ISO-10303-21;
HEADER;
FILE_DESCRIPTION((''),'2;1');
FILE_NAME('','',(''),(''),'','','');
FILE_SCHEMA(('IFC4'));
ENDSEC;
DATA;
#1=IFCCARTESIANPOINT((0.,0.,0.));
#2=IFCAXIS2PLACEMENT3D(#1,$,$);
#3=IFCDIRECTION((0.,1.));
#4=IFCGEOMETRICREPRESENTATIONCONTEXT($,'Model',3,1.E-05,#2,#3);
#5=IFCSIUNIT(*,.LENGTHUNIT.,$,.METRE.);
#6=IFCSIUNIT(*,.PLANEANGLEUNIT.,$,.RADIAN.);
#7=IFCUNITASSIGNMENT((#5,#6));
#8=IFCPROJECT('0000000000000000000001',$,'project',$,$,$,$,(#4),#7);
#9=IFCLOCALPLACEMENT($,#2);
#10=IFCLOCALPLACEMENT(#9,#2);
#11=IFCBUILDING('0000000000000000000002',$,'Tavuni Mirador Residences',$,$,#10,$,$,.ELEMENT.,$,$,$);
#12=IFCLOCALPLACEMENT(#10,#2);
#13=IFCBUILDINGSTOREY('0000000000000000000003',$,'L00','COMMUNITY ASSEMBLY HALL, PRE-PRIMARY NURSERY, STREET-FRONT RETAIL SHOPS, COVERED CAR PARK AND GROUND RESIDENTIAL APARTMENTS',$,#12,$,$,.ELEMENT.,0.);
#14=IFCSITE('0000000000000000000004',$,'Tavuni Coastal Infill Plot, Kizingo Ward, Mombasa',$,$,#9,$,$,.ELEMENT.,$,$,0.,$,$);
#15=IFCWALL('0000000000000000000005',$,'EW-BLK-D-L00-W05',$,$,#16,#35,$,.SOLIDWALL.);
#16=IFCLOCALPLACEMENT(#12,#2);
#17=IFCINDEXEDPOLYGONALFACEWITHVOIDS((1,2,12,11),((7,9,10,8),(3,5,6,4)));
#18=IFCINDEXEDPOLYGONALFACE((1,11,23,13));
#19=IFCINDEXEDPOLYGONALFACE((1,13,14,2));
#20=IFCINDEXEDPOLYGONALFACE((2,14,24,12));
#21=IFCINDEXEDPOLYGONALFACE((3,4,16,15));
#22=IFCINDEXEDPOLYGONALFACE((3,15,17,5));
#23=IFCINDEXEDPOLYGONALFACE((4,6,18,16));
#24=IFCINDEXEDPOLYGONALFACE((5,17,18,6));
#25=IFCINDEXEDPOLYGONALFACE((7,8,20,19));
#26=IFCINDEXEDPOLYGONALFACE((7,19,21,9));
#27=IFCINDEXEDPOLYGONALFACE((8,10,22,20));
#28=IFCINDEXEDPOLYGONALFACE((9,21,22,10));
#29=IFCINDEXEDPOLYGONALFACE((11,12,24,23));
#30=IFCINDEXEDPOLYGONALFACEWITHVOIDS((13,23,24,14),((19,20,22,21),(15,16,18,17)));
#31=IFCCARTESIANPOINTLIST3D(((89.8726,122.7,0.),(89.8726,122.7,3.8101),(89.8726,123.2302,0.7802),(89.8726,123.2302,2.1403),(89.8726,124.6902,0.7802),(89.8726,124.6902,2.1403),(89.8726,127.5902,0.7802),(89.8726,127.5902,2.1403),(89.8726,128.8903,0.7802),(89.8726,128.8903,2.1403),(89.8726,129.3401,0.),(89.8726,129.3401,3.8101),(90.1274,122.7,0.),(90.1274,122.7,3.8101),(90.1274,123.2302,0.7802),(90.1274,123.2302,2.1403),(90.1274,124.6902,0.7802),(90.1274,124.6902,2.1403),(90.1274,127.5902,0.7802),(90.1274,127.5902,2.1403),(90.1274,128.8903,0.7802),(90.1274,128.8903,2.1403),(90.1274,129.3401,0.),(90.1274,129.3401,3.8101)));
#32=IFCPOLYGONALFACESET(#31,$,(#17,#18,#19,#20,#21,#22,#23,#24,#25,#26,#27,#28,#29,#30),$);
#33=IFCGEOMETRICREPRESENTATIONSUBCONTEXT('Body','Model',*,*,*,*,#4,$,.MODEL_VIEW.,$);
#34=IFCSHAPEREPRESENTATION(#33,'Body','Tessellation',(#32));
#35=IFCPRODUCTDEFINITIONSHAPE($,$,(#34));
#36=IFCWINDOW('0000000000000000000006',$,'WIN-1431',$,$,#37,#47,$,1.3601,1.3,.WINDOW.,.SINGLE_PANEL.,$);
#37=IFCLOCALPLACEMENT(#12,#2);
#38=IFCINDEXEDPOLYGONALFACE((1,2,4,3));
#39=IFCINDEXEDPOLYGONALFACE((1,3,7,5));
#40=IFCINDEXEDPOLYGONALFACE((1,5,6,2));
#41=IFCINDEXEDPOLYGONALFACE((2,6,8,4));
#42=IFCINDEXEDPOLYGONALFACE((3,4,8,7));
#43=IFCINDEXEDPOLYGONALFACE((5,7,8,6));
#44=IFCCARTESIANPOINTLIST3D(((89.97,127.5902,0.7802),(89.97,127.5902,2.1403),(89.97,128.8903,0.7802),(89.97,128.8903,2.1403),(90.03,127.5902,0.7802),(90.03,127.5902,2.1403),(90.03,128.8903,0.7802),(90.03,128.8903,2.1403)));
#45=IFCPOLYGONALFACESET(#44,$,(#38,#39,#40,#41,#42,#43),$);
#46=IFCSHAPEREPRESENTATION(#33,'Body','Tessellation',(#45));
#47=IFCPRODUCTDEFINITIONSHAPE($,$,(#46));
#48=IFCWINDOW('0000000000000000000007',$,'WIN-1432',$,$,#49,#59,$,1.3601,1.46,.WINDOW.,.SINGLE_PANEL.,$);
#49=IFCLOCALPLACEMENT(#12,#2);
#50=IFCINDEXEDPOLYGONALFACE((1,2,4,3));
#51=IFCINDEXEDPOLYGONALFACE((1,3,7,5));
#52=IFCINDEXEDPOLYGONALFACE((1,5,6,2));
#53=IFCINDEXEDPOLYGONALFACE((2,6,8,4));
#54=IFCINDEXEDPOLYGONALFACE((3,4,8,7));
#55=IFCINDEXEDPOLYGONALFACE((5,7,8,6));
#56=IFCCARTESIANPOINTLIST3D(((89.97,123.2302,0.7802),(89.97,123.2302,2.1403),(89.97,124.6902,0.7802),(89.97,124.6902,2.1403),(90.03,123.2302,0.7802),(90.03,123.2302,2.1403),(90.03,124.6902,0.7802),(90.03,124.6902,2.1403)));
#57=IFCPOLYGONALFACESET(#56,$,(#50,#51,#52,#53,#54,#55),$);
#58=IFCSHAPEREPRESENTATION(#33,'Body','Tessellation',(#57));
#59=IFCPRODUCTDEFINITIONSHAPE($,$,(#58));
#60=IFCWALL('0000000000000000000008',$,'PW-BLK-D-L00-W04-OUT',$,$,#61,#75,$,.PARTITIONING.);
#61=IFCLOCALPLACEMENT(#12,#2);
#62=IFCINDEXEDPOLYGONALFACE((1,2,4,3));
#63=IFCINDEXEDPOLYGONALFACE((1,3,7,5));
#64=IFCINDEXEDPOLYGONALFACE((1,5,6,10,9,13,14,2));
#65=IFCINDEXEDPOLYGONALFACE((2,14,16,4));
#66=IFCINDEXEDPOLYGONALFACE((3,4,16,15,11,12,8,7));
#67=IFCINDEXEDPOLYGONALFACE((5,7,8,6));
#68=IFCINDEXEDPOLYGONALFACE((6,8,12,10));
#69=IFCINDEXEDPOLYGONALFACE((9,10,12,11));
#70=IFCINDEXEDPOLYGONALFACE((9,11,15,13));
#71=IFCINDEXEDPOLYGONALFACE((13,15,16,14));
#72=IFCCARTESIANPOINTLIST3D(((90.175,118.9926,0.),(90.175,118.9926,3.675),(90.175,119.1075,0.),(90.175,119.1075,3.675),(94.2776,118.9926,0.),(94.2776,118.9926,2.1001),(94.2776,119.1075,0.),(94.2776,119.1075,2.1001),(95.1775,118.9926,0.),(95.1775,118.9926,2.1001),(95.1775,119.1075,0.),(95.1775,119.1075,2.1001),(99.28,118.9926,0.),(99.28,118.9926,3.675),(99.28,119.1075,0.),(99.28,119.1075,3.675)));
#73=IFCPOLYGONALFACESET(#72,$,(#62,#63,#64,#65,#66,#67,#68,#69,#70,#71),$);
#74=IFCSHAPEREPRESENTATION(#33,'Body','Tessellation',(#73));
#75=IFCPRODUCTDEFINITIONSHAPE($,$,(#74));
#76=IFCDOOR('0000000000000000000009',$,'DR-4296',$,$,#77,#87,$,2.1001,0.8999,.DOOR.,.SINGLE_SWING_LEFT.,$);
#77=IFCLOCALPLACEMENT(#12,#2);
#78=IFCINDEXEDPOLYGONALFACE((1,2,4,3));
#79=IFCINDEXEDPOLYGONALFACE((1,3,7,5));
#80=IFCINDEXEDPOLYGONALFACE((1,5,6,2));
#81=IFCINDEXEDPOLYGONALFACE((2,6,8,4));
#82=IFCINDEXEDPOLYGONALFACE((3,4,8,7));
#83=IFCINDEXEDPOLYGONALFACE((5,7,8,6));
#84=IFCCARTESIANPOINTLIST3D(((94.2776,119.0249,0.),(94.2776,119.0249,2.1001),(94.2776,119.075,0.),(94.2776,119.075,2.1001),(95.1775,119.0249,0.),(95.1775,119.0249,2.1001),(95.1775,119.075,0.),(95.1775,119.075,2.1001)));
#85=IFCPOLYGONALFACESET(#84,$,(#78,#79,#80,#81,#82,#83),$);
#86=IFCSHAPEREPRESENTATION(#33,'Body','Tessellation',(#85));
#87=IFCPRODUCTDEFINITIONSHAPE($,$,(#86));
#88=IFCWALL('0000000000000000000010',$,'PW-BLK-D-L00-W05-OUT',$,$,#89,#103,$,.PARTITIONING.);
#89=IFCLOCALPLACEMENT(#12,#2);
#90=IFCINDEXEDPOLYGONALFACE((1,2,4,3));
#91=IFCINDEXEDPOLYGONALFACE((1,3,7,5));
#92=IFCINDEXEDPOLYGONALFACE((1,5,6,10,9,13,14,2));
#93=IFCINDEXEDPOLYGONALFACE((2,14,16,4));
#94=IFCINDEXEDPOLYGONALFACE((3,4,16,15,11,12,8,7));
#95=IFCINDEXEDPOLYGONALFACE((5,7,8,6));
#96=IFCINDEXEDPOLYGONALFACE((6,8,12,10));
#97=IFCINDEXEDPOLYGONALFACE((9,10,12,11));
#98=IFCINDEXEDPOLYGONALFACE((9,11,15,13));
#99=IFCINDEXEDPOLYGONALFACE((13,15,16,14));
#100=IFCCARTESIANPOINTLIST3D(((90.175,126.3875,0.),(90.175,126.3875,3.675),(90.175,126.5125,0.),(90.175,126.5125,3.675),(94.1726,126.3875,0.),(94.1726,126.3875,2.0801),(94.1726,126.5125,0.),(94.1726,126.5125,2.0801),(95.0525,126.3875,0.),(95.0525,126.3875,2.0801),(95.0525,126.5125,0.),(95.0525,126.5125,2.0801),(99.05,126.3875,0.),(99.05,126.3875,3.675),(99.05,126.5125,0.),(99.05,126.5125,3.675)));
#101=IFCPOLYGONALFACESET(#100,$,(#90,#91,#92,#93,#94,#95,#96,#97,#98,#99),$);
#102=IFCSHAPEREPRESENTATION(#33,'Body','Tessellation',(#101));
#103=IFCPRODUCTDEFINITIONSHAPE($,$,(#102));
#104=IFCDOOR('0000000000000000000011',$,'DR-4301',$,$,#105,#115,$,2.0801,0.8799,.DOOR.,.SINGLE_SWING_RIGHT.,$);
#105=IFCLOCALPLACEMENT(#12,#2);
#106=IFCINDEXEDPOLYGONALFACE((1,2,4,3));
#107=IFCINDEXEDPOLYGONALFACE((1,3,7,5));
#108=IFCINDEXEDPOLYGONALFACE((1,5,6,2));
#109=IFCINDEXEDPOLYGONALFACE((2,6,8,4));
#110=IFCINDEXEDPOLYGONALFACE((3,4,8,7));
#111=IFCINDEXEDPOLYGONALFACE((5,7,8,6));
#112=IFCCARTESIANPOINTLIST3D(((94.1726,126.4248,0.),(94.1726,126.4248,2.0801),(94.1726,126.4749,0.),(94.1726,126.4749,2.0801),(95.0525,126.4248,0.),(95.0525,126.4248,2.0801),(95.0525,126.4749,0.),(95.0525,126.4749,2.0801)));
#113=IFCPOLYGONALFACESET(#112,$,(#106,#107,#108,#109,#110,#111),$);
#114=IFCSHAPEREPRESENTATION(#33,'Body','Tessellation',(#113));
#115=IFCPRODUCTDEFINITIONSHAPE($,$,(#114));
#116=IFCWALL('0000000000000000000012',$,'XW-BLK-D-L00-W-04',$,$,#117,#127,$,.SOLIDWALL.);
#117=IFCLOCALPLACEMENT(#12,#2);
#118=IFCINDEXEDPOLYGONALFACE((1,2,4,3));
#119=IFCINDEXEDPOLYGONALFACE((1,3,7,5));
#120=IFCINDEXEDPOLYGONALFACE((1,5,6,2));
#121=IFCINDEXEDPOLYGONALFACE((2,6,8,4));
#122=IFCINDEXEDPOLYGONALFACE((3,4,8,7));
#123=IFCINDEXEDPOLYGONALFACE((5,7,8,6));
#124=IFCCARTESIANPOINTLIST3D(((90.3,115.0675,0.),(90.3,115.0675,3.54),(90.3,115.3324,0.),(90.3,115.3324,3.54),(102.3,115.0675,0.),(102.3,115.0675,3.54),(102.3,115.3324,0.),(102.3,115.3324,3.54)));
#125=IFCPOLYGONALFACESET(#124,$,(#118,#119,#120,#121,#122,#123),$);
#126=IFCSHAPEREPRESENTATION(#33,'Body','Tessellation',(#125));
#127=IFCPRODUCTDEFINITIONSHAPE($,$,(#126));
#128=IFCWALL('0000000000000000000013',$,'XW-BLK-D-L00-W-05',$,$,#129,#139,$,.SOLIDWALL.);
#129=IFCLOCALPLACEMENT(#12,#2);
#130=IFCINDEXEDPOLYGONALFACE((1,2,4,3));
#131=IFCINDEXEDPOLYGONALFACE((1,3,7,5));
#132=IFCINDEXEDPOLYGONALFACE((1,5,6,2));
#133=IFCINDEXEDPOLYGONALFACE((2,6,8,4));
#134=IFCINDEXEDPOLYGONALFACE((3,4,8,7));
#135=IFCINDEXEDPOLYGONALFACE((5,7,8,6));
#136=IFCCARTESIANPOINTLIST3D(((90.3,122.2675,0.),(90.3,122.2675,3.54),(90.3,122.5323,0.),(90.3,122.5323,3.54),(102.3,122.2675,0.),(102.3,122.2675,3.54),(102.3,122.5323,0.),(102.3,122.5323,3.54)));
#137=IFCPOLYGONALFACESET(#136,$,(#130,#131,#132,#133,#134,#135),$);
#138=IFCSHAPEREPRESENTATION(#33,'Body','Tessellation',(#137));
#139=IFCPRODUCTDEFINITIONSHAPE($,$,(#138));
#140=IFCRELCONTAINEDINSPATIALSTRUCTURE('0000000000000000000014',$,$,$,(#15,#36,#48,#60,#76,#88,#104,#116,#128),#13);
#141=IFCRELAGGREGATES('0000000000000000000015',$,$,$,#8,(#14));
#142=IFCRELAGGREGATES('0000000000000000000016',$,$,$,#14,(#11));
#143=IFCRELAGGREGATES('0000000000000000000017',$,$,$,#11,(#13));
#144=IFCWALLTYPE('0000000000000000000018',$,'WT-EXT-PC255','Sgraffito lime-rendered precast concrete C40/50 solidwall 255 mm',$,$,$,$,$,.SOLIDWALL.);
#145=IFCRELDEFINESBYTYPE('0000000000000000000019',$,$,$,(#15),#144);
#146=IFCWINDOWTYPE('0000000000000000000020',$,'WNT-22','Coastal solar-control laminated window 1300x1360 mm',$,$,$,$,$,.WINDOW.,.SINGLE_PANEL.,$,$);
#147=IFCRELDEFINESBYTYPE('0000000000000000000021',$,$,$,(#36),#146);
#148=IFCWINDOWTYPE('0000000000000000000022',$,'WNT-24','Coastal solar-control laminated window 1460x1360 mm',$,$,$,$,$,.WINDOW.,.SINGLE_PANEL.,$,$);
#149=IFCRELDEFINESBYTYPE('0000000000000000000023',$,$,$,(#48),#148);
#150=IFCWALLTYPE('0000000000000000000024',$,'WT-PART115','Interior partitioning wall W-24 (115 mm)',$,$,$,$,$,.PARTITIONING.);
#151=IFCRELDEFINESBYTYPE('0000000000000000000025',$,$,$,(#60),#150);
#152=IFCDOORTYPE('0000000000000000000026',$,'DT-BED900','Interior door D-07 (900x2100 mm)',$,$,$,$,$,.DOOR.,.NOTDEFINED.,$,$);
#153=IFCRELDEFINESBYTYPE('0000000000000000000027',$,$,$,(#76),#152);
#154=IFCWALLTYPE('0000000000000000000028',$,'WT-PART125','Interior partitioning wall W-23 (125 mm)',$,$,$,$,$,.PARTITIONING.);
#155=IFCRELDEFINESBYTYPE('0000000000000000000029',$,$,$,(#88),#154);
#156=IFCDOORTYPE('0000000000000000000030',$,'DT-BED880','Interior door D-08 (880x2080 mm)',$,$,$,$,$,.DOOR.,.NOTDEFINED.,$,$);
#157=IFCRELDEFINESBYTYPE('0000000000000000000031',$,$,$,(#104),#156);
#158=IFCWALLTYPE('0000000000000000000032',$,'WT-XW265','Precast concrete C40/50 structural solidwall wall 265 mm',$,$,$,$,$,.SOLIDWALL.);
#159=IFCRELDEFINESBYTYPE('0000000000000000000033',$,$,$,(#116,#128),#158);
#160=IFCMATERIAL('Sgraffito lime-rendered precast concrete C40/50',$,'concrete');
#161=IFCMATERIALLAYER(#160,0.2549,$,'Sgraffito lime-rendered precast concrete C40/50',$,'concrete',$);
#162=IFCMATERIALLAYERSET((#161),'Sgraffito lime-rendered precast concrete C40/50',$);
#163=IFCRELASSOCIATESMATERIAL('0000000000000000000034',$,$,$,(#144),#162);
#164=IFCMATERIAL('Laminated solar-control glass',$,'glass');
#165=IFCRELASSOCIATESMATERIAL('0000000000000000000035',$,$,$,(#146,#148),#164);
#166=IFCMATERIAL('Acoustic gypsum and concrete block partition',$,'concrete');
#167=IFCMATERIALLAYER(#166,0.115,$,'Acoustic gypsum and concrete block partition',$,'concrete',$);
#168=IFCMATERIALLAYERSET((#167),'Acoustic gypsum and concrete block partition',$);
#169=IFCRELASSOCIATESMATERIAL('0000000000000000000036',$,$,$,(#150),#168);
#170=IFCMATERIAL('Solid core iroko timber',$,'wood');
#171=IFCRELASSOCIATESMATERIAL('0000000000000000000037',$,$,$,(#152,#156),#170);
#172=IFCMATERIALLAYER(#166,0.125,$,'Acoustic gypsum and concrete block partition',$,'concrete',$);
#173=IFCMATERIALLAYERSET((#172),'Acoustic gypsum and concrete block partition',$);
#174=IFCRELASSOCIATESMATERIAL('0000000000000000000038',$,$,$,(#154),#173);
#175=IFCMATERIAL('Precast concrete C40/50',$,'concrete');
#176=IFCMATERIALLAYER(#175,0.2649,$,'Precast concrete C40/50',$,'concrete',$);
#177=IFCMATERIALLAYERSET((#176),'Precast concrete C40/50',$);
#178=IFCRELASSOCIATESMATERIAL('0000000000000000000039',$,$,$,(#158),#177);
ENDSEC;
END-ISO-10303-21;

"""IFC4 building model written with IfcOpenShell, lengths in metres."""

from ifc_helpers import new_model, si_unit, direction, frame, frame_2d, origin, place, context, subcontext, project, spatial, rectangle, extrude, material, layer, layer_set, type_object, element, fill, save


model = new_model("IFC4")

# Units and contexts
model_context = context("Model", 3, precision=1e-05, world=origin(), true_north=direction((0.0, 1.0)))
body_context = subcontext(model_context, "Body", "Model", "MODEL_VIEW")
ifc_project = project(units=[si_unit("LENGTHUNIT", "METRE"), si_unit("PLANEANGLEUNIT", "RADIAN")], contexts=[model_context])

# Site, building, storey
site_placement = place(None, origin())
site = spatial("IfcSite", under=ifc_project, at=site_placement, Name="Tavuni Coastal Infill Plot, Kizingo Ward, Mombasa", CompositionType="ELEMENT", RefElevation=0.0)
building_placement = place(site_placement, origin())
building = spatial("IfcBuilding", under=site, at=building_placement, Name="Tavuni Mirador Residences", CompositionType="ELEMENT")
storey_placement = place(building_placement, origin())
storey = spatial("IfcBuildingStorey", under=building, at=storey_placement, Name="L00", Description="COMMUNITY ASSEMBLY HALL, PRE-PRIMARY NURSERY, STREET-FRONT RETAIL SHOPS, COVERED CAR PARK AND GROUND RESIDENTIAL APARTMENTS", CompositionType="ELEMENT", Elevation=0.0)

# Shared definitions
ifc_material_1 = material(Name="Precast concrete C40/50", Category="concrete")

# Wall, openings, windows
ifc_material_2 = material(Name="Sgraffito lime-rendered precast concrete C40/50", Category="concrete")
ifc_layer_1 = layer(ifc_material_2, 0.2549, Name="Sgraffito lime-rendered precast concrete C40/50", Category="concrete")
ifc_layer_set_1 = layer_set([ifc_layer_1], Name="Sgraffito lime-rendered precast concrete C40/50")
wall_type_1 = type_object("IfcWallType", Name="WT-EXT-PC255", Description="Sgraffito lime-rendered precast concrete C40/50 solidwall 255 mm", PredefinedType="SOLIDWALL", material=ifc_layer_set_1)
wall_1_placement = place(storey_placement, frame((90.0, 129.3401, 0.0), z_axis=(0.0, 0.0, 1.0), x_axis=(0.0, -1.0, 0.0)))
wall_1 = element("IfcWall", 1, at=wall_1_placement, inside=storey, type_object=wall_type_1, Name="EW-BLK-D-L00-W05", PredefinedType="SOLIDWALL", context=body_context, shape_type="SweptSolid", body=[
    extrude(rectangle(XDim=6.6401, YDim=0.2549, at=frame_2d((3.3201, 0.0))), origin(), (0.0, 0.0, 1.0), 3.8101),
])
opening_1_placement = place(wall_1_placement, frame((0.45, 0.0, 0.78)))
opening_1 = element("IfcOpeningElement", 2, at=opening_1_placement, cuts=wall_1, PredefinedType="OPENING", context=body_context, shape_type="SweptSolid", body=[
    extrude(rectangle(XDim=1.3, YDim=1.3601, at=frame_2d((0.6499, 0.6802))), frame((0.0, 0.1375, 0.0), z_axis=(0.0, -1.0, 0.0), x_axis=(1.0, 0.0, 0.0)), (0.0, 0.0, 1.0), 0.2749),
])
opening_2_placement = place(wall_1_placement, frame((4.6499, 0.0, 0.78)))
opening_2 = element("IfcOpeningElement", 3, at=opening_2_placement, cuts=wall_1, PredefinedType="OPENING", context=body_context, shape_type="SweptSolid", body=[
    extrude(rectangle(XDim=1.46, YDim=1.3601, at=frame_2d((0.73, 0.6802))), frame((0.0, 0.1375, 0.0), z_axis=(0.0, -1.0, 0.0), x_axis=(1.0, 0.0, 0.0)), (0.0, 0.0, 1.0), 0.2749),
])
ifc_material_3 = material(Name="Laminated solar-control glass", Category="glass")
window_type_1 = type_object("IfcWindowType", Name="WNT-22", Description="Coastal solar-control laminated window 1300x1360 mm", PartitioningType="SINGLE_PANEL", PredefinedType="WINDOW", material=ifc_material_3)
window_1_placement = place(opening_1_placement, origin())
window_1 = element("IfcWindow", 4, at=window_1_placement, inside=storey, type_object=window_type_1, Name="WIN-1431", OverallHeight=1.3601, OverallWidth=1.3, PartitioningType="SINGLE_PANEL", PredefinedType="WINDOW", context=body_context, shape_type="SweptSolid", body=[
    extrude(rectangle(XDim=1.3, YDim=1.3601, at=frame_2d((0.6499, 0.6802))), frame((0.0, 0.03, 0.0), z_axis=(0.0, -1.0, 0.0), x_axis=(1.0, 0.0, 0.0)), (0.0, 0.0, 1.0), 0.0601),
])
fill(opening_1, window_1)
window_type_2 = type_object("IfcWindowType", Name="WNT-24", Description="Coastal solar-control laminated window 1460x1360 mm", PartitioningType="SINGLE_PANEL", PredefinedType="WINDOW", material=ifc_material_3)
window_2_placement = place(opening_2_placement, origin())
window_2 = element("IfcWindow", 5, at=window_2_placement, inside=storey, type_object=window_type_2, Name="WIN-1432", OverallHeight=1.3601, OverallWidth=1.46, PartitioningType="SINGLE_PANEL", PredefinedType="WINDOW", context=body_context, shape_type="SweptSolid", body=[
    extrude(rectangle(XDim=1.46, YDim=1.3601, at=frame_2d((0.73, 0.6802))), frame((0.0, 0.03, 0.0), z_axis=(0.0, -1.0, 0.0), x_axis=(1.0, 0.0, 0.0)), (0.0, 0.0, 1.0), 0.0601),
])
fill(opening_2, window_2)

# Walls, openings, doors
ifc_material_4 = material(Name="Acoustic gypsum and concrete block partition", Category="concrete")
ifc_layer_2 = layer(ifc_material_4, 0.115, Name="Acoustic gypsum and concrete block partition", Category="concrete")
ifc_layer_set_2 = layer_set([ifc_layer_2], Name="Acoustic gypsum and concrete block partition")
wall_type_2 = type_object("IfcWallType", Name="WT-PART115", Description="Interior partitioning wall W-24 (115 mm)", PredefinedType="PARTITIONING", material=ifc_layer_set_2)
wall_2_placement = place(storey_placement, frame((90.175, 119.05, 0.0), z_axis=(0.0, 0.0, 1.0), x_axis=(1.0, 0.0, 0.0)))
wall_2 = element("IfcWall", 6, at=wall_2_placement, inside=storey, type_object=wall_type_2, Name="PW-BLK-D-L00-W04-OUT", PredefinedType="PARTITIONING", context=body_context, shape_type="SweptSolid", body=[
    extrude(rectangle(XDim=9.105, YDim=0.115, at=frame_2d((4.5525, 0.0))), origin(), (0.0, 0.0, 1.0), 3.675),
])
opening_3_placement = place(wall_2_placement, frame((4.1025, 0.0, 0.0)))
opening_3 = element("IfcOpeningElement", 7, at=opening_3_placement, cuts=wall_2, PredefinedType="OPENING", context=body_context, shape_type="SweptSolid", body=[
    extrude(rectangle(XDim=0.8999, YDim=2.1001, at=frame_2d((0.45, 1.05))), frame((0.0, 0.0674, 0.0), z_axis=(0.0, -1.0, 0.0), x_axis=(1.0, 0.0, 0.0)), (0.0, 0.0, 1.0), 0.135),
])
ifc_material_5 = material(Name="Solid core iroko timber", Category="wood")
door_type_1 = type_object("IfcDoorType", Name="DT-BED900", Description="Interior door D-07 (900x2100 mm)", OperationType="NOTDEFINED", PredefinedType="DOOR", material=ifc_material_5)
door_1_placement = place(opening_3_placement, origin())
door_1 = element("IfcDoor", 8, at=door_1_placement, inside=storey, type_object=door_type_1, Name="DR-4296", OperationType="SINGLE_SWING_LEFT", OverallHeight=2.1001, OverallWidth=0.8999, PredefinedType="DOOR", context=body_context, shape_type="SweptSolid", body=[
    extrude(rectangle(XDim=0.8999, YDim=2.1001, at=frame_2d((0.45, 1.05))), frame((0.0, 0.0249, 0.0), z_axis=(0.0, -1.0, 0.0), x_axis=(1.0, 0.0, 0.0)), (0.0, 0.0, 1.0), 0.05),
])
fill(opening_3, door_1)
ifc_layer_3 = layer(ifc_material_4, 0.125, Name="Acoustic gypsum and concrete block partition", Category="concrete")
ifc_layer_set_3 = layer_set([ifc_layer_3], Name="Acoustic gypsum and concrete block partition")
wall_type_3 = type_object("IfcWallType", Name="WT-PART125", Description="Interior partitioning wall W-23 (125 mm)", PredefinedType="PARTITIONING", material=ifc_layer_set_3)
wall_3_placement = place(storey_placement, frame((90.175, 126.45, 0.0), z_axis=(0.0, 0.0, 1.0), x_axis=(1.0, 0.0, 0.0)))
wall_3 = element("IfcWall", 9, at=wall_3_placement, inside=storey, type_object=wall_type_3, Name="PW-BLK-D-L00-W05-OUT", PredefinedType="PARTITIONING", context=body_context, shape_type="SweptSolid", body=[
    extrude(rectangle(XDim=8.875, YDim=0.125, at=frame_2d((4.4375, 0.0))), origin(), (0.0, 0.0, 1.0), 3.675),
])
opening_4_placement = place(wall_3_placement, frame((3.9976, 0.0, 0.0)))
opening_4 = element("IfcOpeningElement", 10, at=opening_4_placement, cuts=wall_3, PredefinedType="OPENING", context=body_context, shape_type="SweptSolid", body=[
    extrude(rectangle(XDim=0.8799, YDim=2.0801, at=frame_2d((0.4399, 1.04))), frame((0.0, 0.0725, 0.0), z_axis=(0.0, -1.0, 0.0), x_axis=(1.0, 0.0, 0.0)), (0.0, 0.0, 1.0), 0.145),
])
door_type_2 = type_object("IfcDoorType", Name="DT-BED880", Description="Interior door D-08 (880x2080 mm)", OperationType="NOTDEFINED", PredefinedType="DOOR", material=ifc_material_5)
door_2_placement = place(opening_4_placement, origin())
door_2 = element("IfcDoor", 11, at=door_2_placement, inside=storey, type_object=door_type_2, Name="DR-4301", OperationType="SINGLE_SWING_RIGHT", OverallHeight=2.0801, OverallWidth=0.8799, PredefinedType="DOOR", context=body_context, shape_type="SweptSolid", body=[
    extrude(rectangle(XDim=0.8799, YDim=2.0801, at=frame_2d((0.4399, 1.04))), frame((0.0, 0.0249, 0.0), z_axis=(0.0, -1.0, 0.0), x_axis=(1.0, 0.0, 0.0)), (0.0, 0.0, 1.0), 0.05),
])
fill(opening_4, door_2)

# Walls
ifc_layer_4 = layer(ifc_material_1, 0.2649, Name="Precast concrete C40/50", Category="concrete")
ifc_layer_set_4 = layer_set([ifc_layer_4], Name="Precast concrete C40/50")
wall_type_4 = type_object("IfcWallType", Name="WT-XW265", Description="Precast concrete C40/50 structural solidwall wall 265 mm", PredefinedType="SOLIDWALL", material=ifc_layer_set_4)
for number, where, z_axis, x_axis, name in (
    (12, (90.3, 115.2, 0.0), (0.0, 0.0, 1.0), (1.0, 0.0, 0.0), "XW-BLK-D-L00-W-04"),
    (13, (90.3, 122.3999, 0.0), (0.0, 0.0, 1.0), (1.0, 0.0, 0.0), "XW-BLK-D-L00-W-05"),
):
    element("IfcWall", number, at=place(storey_placement, frame(where, z_axis=z_axis, x_axis=x_axis)), inside=storey, type_object=wall_type_4, Name=name, PredefinedType="SOLIDWALL", context=body_context, shape_type="SweptSolid", body=[
        extrude(rectangle(XDim=12.0, YDim=0.2649, at=frame_2d((6.0, 0.0))), origin(), (0.0, 0.0, 1.0), 3.54),
    ])

save(model, "model.ifc")
